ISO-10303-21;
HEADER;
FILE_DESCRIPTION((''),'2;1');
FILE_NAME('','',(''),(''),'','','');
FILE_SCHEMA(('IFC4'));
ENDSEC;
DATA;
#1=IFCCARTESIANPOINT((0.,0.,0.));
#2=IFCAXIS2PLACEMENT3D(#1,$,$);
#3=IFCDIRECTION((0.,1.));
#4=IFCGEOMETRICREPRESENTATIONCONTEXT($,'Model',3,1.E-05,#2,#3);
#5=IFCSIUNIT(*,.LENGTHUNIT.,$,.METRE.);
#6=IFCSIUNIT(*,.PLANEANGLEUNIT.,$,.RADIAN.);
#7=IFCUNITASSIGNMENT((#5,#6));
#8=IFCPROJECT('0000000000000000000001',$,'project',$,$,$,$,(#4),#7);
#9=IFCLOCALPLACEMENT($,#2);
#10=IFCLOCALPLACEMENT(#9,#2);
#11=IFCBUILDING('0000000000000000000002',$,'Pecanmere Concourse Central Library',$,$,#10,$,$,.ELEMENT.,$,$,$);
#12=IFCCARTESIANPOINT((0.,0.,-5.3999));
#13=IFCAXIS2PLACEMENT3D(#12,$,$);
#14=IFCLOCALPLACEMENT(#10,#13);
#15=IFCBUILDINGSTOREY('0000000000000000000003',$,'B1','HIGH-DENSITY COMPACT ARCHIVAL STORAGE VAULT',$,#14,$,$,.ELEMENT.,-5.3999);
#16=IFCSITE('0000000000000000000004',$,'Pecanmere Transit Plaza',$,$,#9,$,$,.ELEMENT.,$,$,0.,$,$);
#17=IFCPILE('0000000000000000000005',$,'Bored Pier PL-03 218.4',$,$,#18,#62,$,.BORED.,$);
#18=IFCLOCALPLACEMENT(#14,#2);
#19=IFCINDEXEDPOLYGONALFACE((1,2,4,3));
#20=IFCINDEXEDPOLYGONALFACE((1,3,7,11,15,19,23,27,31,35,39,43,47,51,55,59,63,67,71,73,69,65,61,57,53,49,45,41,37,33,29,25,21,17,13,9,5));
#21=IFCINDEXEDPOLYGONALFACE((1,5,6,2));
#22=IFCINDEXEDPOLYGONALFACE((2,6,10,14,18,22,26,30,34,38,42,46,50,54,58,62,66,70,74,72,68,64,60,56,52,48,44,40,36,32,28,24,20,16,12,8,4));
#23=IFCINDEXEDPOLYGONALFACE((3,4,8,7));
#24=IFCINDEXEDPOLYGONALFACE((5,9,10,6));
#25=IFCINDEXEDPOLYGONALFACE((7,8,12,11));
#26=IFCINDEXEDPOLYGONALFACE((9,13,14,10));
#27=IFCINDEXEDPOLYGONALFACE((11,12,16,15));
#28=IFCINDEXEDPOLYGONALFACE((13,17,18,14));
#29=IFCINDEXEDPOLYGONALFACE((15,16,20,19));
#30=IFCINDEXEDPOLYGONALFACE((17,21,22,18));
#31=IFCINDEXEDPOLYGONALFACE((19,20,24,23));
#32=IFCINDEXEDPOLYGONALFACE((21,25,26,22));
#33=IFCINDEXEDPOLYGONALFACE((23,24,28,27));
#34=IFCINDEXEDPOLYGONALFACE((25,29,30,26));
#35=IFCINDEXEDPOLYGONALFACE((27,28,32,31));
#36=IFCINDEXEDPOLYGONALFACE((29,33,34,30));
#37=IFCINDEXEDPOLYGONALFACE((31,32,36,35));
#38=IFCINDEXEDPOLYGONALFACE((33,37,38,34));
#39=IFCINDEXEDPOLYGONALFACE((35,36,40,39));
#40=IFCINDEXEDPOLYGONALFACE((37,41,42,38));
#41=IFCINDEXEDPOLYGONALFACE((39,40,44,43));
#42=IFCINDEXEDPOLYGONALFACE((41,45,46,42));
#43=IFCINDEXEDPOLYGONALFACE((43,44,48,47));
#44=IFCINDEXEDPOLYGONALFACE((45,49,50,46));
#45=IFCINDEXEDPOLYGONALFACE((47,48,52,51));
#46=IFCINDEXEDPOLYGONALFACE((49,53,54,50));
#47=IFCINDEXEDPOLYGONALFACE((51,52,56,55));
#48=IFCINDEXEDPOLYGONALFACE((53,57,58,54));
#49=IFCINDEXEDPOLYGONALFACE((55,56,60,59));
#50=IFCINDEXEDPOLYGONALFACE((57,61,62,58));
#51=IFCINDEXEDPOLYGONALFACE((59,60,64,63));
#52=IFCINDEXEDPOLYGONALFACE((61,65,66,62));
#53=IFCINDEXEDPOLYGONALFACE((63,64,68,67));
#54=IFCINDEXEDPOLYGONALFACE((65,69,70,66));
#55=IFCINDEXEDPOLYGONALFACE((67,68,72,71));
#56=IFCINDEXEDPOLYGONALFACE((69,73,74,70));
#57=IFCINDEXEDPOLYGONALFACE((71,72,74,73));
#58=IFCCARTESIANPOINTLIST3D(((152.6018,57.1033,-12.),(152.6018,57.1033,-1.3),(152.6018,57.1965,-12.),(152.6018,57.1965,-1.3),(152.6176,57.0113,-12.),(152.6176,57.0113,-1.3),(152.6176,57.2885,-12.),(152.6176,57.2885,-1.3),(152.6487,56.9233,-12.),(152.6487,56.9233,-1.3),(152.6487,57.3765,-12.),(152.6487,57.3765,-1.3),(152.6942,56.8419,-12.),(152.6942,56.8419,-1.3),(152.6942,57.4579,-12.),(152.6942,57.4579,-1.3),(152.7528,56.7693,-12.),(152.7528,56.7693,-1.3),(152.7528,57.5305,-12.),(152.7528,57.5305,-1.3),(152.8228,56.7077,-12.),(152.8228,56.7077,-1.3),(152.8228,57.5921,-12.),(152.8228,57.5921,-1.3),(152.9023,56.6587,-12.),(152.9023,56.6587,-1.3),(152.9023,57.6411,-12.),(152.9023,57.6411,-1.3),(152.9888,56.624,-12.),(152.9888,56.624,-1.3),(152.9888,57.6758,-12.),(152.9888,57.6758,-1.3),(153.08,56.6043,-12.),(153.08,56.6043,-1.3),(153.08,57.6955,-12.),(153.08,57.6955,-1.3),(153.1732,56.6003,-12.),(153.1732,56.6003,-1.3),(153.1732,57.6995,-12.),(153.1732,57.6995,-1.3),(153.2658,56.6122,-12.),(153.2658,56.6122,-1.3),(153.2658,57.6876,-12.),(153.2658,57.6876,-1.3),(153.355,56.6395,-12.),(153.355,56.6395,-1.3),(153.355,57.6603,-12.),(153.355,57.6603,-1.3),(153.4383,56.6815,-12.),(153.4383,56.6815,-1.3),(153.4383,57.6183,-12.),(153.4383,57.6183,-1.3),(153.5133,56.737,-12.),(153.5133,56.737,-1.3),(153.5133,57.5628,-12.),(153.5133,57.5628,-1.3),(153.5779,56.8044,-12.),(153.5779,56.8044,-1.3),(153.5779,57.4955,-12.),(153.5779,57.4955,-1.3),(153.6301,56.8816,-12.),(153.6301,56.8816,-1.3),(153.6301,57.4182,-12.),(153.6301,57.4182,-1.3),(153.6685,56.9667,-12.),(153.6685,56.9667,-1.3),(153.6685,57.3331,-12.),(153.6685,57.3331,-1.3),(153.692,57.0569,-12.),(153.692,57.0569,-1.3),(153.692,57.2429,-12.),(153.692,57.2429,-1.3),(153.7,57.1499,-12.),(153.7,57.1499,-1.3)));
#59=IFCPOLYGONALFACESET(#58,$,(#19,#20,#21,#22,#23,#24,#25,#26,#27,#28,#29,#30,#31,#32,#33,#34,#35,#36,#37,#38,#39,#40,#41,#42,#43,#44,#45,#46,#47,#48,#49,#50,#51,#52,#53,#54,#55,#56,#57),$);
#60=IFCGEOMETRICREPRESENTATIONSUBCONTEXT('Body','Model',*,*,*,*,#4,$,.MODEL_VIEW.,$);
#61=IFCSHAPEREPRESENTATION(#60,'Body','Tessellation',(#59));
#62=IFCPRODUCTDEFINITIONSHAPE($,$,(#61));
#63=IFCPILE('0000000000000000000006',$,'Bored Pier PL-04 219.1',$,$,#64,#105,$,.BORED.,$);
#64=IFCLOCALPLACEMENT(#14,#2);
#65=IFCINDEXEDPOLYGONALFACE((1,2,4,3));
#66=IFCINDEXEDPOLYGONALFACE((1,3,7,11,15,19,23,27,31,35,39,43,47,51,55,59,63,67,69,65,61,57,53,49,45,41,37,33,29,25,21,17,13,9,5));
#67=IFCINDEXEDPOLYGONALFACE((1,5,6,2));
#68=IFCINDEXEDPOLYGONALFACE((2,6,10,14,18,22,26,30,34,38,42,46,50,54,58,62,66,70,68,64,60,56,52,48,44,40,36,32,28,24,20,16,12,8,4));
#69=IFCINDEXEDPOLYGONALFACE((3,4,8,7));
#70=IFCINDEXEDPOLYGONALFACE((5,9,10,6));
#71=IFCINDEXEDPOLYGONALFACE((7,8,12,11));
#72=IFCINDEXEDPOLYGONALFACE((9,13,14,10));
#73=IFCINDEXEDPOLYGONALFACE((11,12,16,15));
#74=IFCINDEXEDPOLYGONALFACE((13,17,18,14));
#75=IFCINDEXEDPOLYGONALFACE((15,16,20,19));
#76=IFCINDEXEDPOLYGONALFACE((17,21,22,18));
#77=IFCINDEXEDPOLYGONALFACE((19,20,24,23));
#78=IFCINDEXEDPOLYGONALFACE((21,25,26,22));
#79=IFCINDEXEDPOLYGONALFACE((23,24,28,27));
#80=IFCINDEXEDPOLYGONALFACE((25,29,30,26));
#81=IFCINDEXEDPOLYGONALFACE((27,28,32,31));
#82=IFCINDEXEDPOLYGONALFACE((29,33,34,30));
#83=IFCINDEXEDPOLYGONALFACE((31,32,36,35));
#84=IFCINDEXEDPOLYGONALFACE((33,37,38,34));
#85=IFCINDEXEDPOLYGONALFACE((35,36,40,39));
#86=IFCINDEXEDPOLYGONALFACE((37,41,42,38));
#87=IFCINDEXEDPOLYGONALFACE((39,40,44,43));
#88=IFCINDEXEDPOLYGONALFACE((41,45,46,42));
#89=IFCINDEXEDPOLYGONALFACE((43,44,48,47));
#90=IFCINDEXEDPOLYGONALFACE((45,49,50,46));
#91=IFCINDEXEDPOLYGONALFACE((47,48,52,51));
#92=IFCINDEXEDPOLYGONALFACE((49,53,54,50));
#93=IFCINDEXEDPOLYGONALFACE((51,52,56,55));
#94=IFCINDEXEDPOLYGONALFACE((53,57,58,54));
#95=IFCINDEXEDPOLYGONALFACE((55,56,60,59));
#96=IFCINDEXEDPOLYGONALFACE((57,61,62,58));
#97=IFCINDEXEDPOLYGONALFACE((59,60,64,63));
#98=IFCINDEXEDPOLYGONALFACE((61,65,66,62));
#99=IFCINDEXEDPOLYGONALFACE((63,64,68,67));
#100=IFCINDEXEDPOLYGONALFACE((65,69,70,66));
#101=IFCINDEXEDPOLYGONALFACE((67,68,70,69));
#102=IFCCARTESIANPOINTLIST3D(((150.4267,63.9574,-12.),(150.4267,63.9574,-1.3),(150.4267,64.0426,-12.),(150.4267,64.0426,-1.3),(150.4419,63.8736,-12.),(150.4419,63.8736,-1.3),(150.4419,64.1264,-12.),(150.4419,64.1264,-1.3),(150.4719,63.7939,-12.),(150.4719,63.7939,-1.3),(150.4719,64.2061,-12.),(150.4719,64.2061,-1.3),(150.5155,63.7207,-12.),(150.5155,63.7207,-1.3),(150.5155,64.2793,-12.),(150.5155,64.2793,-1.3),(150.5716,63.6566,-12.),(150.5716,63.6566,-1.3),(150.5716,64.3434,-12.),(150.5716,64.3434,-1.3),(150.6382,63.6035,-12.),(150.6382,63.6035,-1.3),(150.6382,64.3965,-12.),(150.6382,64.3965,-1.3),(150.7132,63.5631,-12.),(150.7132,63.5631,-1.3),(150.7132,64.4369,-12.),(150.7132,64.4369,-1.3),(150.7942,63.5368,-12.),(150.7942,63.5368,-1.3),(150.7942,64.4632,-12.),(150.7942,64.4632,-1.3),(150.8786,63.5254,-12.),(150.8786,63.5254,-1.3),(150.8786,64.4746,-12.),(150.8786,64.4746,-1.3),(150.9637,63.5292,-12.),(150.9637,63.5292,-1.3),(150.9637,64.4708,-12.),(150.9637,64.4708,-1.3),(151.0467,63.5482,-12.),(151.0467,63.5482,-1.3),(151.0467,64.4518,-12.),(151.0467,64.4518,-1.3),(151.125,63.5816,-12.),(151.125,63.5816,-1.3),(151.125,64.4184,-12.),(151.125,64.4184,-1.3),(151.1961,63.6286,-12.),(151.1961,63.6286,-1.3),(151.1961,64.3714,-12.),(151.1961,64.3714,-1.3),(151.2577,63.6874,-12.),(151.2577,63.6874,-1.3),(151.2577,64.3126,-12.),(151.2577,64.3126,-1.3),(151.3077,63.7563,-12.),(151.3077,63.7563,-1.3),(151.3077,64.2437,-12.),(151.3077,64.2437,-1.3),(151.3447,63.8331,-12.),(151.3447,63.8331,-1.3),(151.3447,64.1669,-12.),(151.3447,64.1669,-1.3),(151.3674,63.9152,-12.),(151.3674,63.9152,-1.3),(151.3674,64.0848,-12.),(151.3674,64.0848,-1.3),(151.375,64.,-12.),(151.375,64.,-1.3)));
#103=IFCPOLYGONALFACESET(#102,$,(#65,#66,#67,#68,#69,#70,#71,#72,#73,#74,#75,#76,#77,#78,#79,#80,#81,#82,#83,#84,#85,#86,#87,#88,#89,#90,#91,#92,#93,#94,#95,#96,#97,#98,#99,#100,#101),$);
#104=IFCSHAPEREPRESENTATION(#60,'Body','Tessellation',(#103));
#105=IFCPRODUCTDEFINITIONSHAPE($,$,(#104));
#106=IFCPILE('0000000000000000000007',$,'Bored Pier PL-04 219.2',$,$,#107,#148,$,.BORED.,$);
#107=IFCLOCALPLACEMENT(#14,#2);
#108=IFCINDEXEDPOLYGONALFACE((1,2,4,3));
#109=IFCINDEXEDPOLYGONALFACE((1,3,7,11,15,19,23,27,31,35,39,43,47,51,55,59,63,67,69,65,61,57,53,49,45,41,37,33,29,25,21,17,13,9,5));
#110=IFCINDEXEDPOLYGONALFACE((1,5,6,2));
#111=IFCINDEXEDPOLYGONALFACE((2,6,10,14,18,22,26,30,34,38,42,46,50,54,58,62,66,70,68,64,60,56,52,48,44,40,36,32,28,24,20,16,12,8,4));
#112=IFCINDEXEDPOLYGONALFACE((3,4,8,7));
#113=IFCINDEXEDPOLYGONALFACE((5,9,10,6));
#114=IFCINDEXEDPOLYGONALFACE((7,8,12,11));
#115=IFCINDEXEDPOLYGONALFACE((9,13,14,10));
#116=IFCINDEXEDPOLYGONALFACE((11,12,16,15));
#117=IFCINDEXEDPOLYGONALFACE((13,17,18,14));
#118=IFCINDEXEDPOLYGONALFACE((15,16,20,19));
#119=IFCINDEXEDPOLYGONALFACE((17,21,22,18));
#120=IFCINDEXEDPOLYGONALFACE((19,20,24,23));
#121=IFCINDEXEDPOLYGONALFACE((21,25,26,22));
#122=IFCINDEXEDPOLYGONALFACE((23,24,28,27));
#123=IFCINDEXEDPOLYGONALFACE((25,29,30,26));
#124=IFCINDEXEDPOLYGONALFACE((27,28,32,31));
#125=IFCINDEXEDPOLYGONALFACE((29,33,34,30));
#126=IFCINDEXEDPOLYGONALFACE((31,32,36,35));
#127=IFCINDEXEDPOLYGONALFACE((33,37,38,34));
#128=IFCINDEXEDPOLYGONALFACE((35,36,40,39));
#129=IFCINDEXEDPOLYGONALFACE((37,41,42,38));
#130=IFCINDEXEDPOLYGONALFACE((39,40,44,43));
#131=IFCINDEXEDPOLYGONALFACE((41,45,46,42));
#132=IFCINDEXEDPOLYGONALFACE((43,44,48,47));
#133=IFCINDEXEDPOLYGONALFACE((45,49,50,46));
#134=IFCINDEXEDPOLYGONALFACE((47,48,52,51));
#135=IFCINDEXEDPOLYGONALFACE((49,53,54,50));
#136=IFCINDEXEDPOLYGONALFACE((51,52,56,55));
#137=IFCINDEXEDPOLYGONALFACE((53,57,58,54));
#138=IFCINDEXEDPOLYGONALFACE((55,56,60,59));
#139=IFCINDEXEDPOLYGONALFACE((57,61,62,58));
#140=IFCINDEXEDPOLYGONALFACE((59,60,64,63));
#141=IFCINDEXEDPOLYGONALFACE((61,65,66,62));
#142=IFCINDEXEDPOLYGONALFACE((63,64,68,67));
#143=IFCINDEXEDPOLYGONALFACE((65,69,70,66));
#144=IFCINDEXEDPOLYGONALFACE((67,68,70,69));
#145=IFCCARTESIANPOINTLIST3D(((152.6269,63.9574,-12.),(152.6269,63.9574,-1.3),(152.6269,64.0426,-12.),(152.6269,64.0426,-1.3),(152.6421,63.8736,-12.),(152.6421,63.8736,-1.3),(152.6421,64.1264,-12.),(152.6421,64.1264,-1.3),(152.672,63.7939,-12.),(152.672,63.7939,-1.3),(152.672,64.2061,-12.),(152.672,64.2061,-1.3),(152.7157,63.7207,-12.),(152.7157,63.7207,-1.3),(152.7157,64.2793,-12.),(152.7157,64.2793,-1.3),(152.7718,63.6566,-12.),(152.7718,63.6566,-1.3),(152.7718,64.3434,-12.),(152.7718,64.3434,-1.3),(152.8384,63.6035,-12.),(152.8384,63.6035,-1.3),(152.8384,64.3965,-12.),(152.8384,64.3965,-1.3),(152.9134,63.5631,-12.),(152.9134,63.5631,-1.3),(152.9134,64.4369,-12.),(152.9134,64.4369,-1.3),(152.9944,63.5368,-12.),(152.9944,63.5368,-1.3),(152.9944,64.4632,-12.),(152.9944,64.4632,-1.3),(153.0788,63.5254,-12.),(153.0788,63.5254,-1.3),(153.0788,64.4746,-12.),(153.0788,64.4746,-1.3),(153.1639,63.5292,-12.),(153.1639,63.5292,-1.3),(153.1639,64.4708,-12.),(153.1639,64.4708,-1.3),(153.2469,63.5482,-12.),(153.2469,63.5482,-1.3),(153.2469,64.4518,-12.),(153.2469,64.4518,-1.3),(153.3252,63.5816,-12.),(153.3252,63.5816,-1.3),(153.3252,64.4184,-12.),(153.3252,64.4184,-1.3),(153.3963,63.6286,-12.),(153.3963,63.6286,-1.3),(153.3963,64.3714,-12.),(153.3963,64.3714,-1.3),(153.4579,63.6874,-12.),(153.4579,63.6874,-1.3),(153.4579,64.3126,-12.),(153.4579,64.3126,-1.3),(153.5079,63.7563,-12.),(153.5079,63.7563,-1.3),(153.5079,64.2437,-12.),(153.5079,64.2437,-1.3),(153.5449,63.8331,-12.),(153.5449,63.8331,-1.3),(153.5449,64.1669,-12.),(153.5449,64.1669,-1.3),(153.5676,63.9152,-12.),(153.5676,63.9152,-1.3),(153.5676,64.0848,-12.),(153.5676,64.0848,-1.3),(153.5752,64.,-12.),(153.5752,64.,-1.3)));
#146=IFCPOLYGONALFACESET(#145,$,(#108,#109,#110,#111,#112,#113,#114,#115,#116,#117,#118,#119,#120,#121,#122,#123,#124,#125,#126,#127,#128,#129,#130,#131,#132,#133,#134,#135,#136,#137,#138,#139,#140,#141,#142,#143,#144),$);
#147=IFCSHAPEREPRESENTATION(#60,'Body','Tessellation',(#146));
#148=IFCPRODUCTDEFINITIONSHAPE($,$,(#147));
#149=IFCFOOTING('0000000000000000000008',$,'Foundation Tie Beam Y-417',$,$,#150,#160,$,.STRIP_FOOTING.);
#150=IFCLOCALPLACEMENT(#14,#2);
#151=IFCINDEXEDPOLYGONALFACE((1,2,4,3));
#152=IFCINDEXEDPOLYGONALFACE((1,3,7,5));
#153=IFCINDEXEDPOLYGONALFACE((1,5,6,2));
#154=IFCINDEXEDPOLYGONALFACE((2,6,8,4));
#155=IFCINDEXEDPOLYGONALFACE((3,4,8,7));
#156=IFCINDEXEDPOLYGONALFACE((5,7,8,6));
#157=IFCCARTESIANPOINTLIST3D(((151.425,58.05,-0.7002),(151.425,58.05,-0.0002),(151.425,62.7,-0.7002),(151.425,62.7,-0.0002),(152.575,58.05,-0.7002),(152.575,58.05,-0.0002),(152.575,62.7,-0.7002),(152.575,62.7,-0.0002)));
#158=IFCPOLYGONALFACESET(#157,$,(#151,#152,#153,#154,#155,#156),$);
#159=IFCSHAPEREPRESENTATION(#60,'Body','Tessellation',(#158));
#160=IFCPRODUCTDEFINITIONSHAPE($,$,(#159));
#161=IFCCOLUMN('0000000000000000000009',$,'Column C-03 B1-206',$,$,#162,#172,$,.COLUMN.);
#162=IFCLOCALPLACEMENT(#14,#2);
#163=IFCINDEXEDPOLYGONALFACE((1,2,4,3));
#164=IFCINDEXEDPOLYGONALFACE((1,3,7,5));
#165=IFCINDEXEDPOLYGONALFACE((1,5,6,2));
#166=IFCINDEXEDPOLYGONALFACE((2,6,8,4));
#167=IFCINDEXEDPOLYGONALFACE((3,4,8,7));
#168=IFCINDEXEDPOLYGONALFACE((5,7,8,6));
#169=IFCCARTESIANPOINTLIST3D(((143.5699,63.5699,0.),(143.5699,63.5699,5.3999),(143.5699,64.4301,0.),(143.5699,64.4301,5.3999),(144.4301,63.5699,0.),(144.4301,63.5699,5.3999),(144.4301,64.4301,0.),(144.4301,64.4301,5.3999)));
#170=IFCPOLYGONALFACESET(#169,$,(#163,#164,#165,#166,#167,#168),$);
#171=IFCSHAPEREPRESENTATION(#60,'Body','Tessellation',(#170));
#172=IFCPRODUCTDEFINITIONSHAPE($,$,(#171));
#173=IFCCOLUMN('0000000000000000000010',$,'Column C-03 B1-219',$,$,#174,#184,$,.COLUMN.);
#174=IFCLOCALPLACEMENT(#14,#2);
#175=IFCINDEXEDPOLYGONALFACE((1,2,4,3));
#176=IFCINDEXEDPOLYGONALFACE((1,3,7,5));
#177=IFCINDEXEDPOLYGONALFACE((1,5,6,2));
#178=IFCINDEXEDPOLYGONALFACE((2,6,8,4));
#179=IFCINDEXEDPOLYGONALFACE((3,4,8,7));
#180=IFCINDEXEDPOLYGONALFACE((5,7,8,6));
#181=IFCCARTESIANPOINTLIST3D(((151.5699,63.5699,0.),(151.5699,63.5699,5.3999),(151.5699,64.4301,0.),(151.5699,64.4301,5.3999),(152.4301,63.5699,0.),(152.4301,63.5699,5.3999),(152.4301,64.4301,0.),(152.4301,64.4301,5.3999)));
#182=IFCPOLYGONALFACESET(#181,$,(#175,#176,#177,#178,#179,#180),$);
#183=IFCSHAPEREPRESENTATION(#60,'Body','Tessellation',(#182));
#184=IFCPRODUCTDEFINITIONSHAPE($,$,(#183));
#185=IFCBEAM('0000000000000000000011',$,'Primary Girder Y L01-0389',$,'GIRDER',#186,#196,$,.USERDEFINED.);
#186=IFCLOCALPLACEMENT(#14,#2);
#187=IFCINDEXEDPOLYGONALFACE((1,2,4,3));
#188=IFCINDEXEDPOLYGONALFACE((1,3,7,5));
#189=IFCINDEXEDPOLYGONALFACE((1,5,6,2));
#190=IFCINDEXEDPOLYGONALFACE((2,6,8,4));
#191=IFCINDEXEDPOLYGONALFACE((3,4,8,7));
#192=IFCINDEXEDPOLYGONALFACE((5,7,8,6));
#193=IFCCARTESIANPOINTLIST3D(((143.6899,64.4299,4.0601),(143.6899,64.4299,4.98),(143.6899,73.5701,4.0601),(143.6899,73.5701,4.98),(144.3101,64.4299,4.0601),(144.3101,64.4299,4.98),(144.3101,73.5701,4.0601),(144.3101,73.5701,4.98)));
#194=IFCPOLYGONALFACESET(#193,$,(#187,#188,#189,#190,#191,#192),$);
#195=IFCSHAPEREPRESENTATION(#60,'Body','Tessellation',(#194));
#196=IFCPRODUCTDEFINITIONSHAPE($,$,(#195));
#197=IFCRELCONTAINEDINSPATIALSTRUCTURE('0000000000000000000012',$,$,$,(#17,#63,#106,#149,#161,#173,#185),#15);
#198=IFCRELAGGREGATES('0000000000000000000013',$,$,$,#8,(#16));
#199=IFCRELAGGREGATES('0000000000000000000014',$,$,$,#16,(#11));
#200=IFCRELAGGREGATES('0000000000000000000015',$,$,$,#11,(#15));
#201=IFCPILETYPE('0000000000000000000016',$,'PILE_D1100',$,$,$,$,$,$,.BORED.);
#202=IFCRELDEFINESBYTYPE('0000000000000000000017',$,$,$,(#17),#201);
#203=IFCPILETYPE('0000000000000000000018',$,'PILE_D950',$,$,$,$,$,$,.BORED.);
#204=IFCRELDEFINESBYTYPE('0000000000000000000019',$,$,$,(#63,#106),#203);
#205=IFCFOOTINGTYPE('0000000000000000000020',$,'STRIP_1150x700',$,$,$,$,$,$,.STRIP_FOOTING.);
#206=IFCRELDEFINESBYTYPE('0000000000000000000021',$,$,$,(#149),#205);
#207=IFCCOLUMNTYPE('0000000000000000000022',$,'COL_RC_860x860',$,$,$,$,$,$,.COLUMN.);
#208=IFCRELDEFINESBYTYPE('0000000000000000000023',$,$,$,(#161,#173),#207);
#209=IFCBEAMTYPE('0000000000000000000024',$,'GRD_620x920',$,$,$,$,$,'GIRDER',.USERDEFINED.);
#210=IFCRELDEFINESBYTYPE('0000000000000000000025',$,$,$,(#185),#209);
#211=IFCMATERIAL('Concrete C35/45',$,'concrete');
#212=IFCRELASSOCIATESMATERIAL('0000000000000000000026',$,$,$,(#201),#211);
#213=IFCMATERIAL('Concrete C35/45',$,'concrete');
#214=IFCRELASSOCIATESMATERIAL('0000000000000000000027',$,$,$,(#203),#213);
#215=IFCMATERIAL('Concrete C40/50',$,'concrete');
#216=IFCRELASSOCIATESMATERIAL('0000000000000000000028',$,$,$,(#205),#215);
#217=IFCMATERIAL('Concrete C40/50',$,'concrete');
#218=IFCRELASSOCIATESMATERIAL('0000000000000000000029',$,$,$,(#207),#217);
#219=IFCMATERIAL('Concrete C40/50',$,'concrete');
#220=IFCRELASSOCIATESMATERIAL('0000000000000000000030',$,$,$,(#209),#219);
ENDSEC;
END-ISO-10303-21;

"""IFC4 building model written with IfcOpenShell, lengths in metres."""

from ifc_helpers import new_model, si_unit, direction, frame, origin, origin_2d, place, context, subcontext, project, spatial, rectangle, circle, extrude, material, material_profile, profile_set, type_object, element, save


model = new_model("IFC4")

# Units and contexts
model_context = context("Model", 3, precision=1e-05, world=origin(), true_north=direction((0.0, 1.0)))
body_context = subcontext(model_context, "Body", "Model", "MODEL_VIEW")
ifc_project = project(units=[si_unit("LENGTHUNIT", "METRE"), si_unit("PLANEANGLEUNIT", "RADIAN")], contexts=[model_context])

# Site, building, storey
site_placement = place(None, origin())
site = spatial("IfcSite", under=ifc_project, at=site_placement, Name="Pecanmere Transit Plaza", CompositionType="ELEMENT", RefElevation=0.0)
building_placement = place(site_placement, origin())
building = spatial("IfcBuilding", under=site, at=building_placement, Name="Pecanmere Concourse Central Library", CompositionType="ELEMENT")
storey_placement = place(building_placement, frame((0.0, 0.0, -5.3999)))
storey = spatial("IfcBuildingStorey", under=building, at=storey_placement, Name="B1", Description="HIGH-DENSITY COMPACT ARCHIVAL STORAGE VAULT", CompositionType="ELEMENT", Elevation=-5.3999)

# Piles
ifc_material_1 = material(Name="Concrete C35/45", Category="concrete")
ifc_material_profile_1 = material_profile(ifc_material_1, circle(Radius=0.55, at=origin_2d()), Name="PIER D1100")
ifc_profile_set_1 = profile_set([ifc_material_profile_1], Name="Concrete C35/45")
pile_type_1 = type_object("IfcPileType", Name="PILE_D1100", PredefinedType="BORED", material=ifc_profile_set_1)
for number, where, z_axis, x_axis, name in (
    (1, (153.1499, 57.1499, -1.3), (0.0, 0.0, -1.0), (1.0, 0.0, 0.0), "Bored Pier PL-03 218.4"),
):
    element("IfcPile", number, at=place(storey_placement, frame(where, z_axis=z_axis, x_axis=x_axis)), inside=storey, type_object=pile_type_1, Name=name, PredefinedType="BORED", context=body_context, shape_type="SweptSolid", body=[
        extrude(circle(Radius=0.55, at=origin_2d()), origin(), (0.0, 0.0, 1.0), 10.7),
    ])
ifc_material_2 = material(Name="Concrete C35/45", Category="concrete")
ifc_material_profile_2 = material_profile(ifc_material_2, circle(Radius=0.4751, at=origin_2d()), Name="PIER D950")
ifc_profile_set_2 = profile_set([ifc_material_profile_2], Name="Concrete C35/45")
pile_type_2 = type_object("IfcPileType", Name="PILE_D950", PredefinedType="BORED", material=ifc_profile_set_2)
for number, where, z_axis, x_axis, name in (
    (2, (150.8999, 64.0, -1.3), (0.0, 0.0, -1.0), (1.0, 0.0, 0.0), "Bored Pier PL-04 219.1"),
    (3, (153.1001, 64.0, -1.3), (0.0, 0.0, -1.0), (1.0, 0.0, 0.0), "Bored Pier PL-04 219.2"),
):
    element("IfcPile", number, at=place(storey_placement, frame(where, z_axis=z_axis, x_axis=x_axis)), inside=storey, type_object=pile_type_2, Name=name, PredefinedType="BORED", context=body_context, shape_type="SweptSolid", body=[
        extrude(circle(Radius=0.4751, at=origin_2d()), origin(), (0.0, 0.0, 1.0), 10.7),
    ])

# Footing
ifc_material_3 = material(Name="Concrete C40/50", Category="concrete")
ifc_material_profile_3 = material_profile(ifc_material_3, rectangle(XDim=1.1499, YDim=0.7, at=origin_2d()), Name="RC 1150x700")
ifc_profile_set_3 = profile_set([ifc_material_profile_3], Name="Concrete C40/50")
footing_type_1 = type_object("IfcFootingType", Name="STRIP_1150x700", PredefinedType="STRIP_FOOTING", material=ifc_profile_set_3)
footing_1_placement = place(storey_placement, frame((152.0, 60.375, -0.7002), z_axis=(0.0, 0.0, 1.0), x_axis=(0.0, 1.0, 0.0)))
element("IfcFooting", 4, at=footing_1_placement, inside=storey, type_object=footing_type_1, Name="Foundation Tie Beam Y-417", PredefinedType="STRIP_FOOTING", context=body_context, shape_type="SweptSolid", body=[
    extrude(rectangle(XDim=4.6499, YDim=1.1499, at=origin_2d()), origin(), (0.0, 0.0, 1.0), 0.7),
])

# Columns
ifc_material_4 = material(Name="Concrete C40/50", Category="concrete")
ifc_material_profile_4 = material_profile(ifc_material_4, rectangle(XDim=0.8601, YDim=0.8601, at=origin_2d()), Name="RC 860x860")
ifc_profile_set_4 = profile_set([ifc_material_profile_4], Name="Concrete C40/50")
column_type = type_object("IfcColumnType", Name="COL_RC_860x860", PredefinedType="COLUMN", material=ifc_profile_set_4)
for number, where, z_axis, x_axis, name in (
    (5, (144.0, 64.0, 0.0), (0.0, 0.0, 1.0), (1.0, 0.0, 0.0), "Column C-03 B1-206"),
    (6, (152.0, 64.0, 0.0), (0.0, 0.0, 1.0), (1.0, 0.0, 0.0), "Column C-03 B1-219"),
):
    element("IfcColumn", number, at=place(storey_placement, frame(where, z_axis=z_axis, x_axis=x_axis)), inside=storey, type_object=column_type, Name=name, PredefinedType="COLUMN", context=body_context, shape_type="SweptSolid", body=[
        extrude(rectangle(XDim=0.8601, YDim=0.8601, at=origin_2d()), origin(), (0.0, 0.0, 1.0), 5.3999),
    ])

# Beam
ifc_material_5 = material(Name="Concrete C40/50", Category="concrete")
ifc_material_profile_5 = material_profile(ifc_material_5, rectangle(XDim=0.6201, YDim=0.9199, at=origin_2d()), Name="RC 620x920")
ifc_profile_set_5 = profile_set([ifc_material_profile_5], Name="Concrete C40/50")
beam_type_1 = type_object("IfcBeamType", Name="GRD_620x920", ElementType="GIRDER", PredefinedType="USERDEFINED", material=ifc_profile_set_5)
beam_1_placement = place(storey_placement, frame((144.0, 64.4299, 4.52), z_axis=(0.0, 1.0, 0.0), x_axis=(-1.0, 0.0, 0.0)))
element("IfcBeam", 7, at=beam_1_placement, inside=storey, type_object=beam_type_1, Name="Primary Girder Y L01-0389", ObjectType="GIRDER", PredefinedType="USERDEFINED", context=body_context, shape_type="SweptSolid", body=[
    extrude(rectangle(XDim=0.6201, YDim=0.9199, at=origin_2d()), origin(), (0.0, 0.0, 1.0), 9.1401),
])

save(model, "model.ifc")
